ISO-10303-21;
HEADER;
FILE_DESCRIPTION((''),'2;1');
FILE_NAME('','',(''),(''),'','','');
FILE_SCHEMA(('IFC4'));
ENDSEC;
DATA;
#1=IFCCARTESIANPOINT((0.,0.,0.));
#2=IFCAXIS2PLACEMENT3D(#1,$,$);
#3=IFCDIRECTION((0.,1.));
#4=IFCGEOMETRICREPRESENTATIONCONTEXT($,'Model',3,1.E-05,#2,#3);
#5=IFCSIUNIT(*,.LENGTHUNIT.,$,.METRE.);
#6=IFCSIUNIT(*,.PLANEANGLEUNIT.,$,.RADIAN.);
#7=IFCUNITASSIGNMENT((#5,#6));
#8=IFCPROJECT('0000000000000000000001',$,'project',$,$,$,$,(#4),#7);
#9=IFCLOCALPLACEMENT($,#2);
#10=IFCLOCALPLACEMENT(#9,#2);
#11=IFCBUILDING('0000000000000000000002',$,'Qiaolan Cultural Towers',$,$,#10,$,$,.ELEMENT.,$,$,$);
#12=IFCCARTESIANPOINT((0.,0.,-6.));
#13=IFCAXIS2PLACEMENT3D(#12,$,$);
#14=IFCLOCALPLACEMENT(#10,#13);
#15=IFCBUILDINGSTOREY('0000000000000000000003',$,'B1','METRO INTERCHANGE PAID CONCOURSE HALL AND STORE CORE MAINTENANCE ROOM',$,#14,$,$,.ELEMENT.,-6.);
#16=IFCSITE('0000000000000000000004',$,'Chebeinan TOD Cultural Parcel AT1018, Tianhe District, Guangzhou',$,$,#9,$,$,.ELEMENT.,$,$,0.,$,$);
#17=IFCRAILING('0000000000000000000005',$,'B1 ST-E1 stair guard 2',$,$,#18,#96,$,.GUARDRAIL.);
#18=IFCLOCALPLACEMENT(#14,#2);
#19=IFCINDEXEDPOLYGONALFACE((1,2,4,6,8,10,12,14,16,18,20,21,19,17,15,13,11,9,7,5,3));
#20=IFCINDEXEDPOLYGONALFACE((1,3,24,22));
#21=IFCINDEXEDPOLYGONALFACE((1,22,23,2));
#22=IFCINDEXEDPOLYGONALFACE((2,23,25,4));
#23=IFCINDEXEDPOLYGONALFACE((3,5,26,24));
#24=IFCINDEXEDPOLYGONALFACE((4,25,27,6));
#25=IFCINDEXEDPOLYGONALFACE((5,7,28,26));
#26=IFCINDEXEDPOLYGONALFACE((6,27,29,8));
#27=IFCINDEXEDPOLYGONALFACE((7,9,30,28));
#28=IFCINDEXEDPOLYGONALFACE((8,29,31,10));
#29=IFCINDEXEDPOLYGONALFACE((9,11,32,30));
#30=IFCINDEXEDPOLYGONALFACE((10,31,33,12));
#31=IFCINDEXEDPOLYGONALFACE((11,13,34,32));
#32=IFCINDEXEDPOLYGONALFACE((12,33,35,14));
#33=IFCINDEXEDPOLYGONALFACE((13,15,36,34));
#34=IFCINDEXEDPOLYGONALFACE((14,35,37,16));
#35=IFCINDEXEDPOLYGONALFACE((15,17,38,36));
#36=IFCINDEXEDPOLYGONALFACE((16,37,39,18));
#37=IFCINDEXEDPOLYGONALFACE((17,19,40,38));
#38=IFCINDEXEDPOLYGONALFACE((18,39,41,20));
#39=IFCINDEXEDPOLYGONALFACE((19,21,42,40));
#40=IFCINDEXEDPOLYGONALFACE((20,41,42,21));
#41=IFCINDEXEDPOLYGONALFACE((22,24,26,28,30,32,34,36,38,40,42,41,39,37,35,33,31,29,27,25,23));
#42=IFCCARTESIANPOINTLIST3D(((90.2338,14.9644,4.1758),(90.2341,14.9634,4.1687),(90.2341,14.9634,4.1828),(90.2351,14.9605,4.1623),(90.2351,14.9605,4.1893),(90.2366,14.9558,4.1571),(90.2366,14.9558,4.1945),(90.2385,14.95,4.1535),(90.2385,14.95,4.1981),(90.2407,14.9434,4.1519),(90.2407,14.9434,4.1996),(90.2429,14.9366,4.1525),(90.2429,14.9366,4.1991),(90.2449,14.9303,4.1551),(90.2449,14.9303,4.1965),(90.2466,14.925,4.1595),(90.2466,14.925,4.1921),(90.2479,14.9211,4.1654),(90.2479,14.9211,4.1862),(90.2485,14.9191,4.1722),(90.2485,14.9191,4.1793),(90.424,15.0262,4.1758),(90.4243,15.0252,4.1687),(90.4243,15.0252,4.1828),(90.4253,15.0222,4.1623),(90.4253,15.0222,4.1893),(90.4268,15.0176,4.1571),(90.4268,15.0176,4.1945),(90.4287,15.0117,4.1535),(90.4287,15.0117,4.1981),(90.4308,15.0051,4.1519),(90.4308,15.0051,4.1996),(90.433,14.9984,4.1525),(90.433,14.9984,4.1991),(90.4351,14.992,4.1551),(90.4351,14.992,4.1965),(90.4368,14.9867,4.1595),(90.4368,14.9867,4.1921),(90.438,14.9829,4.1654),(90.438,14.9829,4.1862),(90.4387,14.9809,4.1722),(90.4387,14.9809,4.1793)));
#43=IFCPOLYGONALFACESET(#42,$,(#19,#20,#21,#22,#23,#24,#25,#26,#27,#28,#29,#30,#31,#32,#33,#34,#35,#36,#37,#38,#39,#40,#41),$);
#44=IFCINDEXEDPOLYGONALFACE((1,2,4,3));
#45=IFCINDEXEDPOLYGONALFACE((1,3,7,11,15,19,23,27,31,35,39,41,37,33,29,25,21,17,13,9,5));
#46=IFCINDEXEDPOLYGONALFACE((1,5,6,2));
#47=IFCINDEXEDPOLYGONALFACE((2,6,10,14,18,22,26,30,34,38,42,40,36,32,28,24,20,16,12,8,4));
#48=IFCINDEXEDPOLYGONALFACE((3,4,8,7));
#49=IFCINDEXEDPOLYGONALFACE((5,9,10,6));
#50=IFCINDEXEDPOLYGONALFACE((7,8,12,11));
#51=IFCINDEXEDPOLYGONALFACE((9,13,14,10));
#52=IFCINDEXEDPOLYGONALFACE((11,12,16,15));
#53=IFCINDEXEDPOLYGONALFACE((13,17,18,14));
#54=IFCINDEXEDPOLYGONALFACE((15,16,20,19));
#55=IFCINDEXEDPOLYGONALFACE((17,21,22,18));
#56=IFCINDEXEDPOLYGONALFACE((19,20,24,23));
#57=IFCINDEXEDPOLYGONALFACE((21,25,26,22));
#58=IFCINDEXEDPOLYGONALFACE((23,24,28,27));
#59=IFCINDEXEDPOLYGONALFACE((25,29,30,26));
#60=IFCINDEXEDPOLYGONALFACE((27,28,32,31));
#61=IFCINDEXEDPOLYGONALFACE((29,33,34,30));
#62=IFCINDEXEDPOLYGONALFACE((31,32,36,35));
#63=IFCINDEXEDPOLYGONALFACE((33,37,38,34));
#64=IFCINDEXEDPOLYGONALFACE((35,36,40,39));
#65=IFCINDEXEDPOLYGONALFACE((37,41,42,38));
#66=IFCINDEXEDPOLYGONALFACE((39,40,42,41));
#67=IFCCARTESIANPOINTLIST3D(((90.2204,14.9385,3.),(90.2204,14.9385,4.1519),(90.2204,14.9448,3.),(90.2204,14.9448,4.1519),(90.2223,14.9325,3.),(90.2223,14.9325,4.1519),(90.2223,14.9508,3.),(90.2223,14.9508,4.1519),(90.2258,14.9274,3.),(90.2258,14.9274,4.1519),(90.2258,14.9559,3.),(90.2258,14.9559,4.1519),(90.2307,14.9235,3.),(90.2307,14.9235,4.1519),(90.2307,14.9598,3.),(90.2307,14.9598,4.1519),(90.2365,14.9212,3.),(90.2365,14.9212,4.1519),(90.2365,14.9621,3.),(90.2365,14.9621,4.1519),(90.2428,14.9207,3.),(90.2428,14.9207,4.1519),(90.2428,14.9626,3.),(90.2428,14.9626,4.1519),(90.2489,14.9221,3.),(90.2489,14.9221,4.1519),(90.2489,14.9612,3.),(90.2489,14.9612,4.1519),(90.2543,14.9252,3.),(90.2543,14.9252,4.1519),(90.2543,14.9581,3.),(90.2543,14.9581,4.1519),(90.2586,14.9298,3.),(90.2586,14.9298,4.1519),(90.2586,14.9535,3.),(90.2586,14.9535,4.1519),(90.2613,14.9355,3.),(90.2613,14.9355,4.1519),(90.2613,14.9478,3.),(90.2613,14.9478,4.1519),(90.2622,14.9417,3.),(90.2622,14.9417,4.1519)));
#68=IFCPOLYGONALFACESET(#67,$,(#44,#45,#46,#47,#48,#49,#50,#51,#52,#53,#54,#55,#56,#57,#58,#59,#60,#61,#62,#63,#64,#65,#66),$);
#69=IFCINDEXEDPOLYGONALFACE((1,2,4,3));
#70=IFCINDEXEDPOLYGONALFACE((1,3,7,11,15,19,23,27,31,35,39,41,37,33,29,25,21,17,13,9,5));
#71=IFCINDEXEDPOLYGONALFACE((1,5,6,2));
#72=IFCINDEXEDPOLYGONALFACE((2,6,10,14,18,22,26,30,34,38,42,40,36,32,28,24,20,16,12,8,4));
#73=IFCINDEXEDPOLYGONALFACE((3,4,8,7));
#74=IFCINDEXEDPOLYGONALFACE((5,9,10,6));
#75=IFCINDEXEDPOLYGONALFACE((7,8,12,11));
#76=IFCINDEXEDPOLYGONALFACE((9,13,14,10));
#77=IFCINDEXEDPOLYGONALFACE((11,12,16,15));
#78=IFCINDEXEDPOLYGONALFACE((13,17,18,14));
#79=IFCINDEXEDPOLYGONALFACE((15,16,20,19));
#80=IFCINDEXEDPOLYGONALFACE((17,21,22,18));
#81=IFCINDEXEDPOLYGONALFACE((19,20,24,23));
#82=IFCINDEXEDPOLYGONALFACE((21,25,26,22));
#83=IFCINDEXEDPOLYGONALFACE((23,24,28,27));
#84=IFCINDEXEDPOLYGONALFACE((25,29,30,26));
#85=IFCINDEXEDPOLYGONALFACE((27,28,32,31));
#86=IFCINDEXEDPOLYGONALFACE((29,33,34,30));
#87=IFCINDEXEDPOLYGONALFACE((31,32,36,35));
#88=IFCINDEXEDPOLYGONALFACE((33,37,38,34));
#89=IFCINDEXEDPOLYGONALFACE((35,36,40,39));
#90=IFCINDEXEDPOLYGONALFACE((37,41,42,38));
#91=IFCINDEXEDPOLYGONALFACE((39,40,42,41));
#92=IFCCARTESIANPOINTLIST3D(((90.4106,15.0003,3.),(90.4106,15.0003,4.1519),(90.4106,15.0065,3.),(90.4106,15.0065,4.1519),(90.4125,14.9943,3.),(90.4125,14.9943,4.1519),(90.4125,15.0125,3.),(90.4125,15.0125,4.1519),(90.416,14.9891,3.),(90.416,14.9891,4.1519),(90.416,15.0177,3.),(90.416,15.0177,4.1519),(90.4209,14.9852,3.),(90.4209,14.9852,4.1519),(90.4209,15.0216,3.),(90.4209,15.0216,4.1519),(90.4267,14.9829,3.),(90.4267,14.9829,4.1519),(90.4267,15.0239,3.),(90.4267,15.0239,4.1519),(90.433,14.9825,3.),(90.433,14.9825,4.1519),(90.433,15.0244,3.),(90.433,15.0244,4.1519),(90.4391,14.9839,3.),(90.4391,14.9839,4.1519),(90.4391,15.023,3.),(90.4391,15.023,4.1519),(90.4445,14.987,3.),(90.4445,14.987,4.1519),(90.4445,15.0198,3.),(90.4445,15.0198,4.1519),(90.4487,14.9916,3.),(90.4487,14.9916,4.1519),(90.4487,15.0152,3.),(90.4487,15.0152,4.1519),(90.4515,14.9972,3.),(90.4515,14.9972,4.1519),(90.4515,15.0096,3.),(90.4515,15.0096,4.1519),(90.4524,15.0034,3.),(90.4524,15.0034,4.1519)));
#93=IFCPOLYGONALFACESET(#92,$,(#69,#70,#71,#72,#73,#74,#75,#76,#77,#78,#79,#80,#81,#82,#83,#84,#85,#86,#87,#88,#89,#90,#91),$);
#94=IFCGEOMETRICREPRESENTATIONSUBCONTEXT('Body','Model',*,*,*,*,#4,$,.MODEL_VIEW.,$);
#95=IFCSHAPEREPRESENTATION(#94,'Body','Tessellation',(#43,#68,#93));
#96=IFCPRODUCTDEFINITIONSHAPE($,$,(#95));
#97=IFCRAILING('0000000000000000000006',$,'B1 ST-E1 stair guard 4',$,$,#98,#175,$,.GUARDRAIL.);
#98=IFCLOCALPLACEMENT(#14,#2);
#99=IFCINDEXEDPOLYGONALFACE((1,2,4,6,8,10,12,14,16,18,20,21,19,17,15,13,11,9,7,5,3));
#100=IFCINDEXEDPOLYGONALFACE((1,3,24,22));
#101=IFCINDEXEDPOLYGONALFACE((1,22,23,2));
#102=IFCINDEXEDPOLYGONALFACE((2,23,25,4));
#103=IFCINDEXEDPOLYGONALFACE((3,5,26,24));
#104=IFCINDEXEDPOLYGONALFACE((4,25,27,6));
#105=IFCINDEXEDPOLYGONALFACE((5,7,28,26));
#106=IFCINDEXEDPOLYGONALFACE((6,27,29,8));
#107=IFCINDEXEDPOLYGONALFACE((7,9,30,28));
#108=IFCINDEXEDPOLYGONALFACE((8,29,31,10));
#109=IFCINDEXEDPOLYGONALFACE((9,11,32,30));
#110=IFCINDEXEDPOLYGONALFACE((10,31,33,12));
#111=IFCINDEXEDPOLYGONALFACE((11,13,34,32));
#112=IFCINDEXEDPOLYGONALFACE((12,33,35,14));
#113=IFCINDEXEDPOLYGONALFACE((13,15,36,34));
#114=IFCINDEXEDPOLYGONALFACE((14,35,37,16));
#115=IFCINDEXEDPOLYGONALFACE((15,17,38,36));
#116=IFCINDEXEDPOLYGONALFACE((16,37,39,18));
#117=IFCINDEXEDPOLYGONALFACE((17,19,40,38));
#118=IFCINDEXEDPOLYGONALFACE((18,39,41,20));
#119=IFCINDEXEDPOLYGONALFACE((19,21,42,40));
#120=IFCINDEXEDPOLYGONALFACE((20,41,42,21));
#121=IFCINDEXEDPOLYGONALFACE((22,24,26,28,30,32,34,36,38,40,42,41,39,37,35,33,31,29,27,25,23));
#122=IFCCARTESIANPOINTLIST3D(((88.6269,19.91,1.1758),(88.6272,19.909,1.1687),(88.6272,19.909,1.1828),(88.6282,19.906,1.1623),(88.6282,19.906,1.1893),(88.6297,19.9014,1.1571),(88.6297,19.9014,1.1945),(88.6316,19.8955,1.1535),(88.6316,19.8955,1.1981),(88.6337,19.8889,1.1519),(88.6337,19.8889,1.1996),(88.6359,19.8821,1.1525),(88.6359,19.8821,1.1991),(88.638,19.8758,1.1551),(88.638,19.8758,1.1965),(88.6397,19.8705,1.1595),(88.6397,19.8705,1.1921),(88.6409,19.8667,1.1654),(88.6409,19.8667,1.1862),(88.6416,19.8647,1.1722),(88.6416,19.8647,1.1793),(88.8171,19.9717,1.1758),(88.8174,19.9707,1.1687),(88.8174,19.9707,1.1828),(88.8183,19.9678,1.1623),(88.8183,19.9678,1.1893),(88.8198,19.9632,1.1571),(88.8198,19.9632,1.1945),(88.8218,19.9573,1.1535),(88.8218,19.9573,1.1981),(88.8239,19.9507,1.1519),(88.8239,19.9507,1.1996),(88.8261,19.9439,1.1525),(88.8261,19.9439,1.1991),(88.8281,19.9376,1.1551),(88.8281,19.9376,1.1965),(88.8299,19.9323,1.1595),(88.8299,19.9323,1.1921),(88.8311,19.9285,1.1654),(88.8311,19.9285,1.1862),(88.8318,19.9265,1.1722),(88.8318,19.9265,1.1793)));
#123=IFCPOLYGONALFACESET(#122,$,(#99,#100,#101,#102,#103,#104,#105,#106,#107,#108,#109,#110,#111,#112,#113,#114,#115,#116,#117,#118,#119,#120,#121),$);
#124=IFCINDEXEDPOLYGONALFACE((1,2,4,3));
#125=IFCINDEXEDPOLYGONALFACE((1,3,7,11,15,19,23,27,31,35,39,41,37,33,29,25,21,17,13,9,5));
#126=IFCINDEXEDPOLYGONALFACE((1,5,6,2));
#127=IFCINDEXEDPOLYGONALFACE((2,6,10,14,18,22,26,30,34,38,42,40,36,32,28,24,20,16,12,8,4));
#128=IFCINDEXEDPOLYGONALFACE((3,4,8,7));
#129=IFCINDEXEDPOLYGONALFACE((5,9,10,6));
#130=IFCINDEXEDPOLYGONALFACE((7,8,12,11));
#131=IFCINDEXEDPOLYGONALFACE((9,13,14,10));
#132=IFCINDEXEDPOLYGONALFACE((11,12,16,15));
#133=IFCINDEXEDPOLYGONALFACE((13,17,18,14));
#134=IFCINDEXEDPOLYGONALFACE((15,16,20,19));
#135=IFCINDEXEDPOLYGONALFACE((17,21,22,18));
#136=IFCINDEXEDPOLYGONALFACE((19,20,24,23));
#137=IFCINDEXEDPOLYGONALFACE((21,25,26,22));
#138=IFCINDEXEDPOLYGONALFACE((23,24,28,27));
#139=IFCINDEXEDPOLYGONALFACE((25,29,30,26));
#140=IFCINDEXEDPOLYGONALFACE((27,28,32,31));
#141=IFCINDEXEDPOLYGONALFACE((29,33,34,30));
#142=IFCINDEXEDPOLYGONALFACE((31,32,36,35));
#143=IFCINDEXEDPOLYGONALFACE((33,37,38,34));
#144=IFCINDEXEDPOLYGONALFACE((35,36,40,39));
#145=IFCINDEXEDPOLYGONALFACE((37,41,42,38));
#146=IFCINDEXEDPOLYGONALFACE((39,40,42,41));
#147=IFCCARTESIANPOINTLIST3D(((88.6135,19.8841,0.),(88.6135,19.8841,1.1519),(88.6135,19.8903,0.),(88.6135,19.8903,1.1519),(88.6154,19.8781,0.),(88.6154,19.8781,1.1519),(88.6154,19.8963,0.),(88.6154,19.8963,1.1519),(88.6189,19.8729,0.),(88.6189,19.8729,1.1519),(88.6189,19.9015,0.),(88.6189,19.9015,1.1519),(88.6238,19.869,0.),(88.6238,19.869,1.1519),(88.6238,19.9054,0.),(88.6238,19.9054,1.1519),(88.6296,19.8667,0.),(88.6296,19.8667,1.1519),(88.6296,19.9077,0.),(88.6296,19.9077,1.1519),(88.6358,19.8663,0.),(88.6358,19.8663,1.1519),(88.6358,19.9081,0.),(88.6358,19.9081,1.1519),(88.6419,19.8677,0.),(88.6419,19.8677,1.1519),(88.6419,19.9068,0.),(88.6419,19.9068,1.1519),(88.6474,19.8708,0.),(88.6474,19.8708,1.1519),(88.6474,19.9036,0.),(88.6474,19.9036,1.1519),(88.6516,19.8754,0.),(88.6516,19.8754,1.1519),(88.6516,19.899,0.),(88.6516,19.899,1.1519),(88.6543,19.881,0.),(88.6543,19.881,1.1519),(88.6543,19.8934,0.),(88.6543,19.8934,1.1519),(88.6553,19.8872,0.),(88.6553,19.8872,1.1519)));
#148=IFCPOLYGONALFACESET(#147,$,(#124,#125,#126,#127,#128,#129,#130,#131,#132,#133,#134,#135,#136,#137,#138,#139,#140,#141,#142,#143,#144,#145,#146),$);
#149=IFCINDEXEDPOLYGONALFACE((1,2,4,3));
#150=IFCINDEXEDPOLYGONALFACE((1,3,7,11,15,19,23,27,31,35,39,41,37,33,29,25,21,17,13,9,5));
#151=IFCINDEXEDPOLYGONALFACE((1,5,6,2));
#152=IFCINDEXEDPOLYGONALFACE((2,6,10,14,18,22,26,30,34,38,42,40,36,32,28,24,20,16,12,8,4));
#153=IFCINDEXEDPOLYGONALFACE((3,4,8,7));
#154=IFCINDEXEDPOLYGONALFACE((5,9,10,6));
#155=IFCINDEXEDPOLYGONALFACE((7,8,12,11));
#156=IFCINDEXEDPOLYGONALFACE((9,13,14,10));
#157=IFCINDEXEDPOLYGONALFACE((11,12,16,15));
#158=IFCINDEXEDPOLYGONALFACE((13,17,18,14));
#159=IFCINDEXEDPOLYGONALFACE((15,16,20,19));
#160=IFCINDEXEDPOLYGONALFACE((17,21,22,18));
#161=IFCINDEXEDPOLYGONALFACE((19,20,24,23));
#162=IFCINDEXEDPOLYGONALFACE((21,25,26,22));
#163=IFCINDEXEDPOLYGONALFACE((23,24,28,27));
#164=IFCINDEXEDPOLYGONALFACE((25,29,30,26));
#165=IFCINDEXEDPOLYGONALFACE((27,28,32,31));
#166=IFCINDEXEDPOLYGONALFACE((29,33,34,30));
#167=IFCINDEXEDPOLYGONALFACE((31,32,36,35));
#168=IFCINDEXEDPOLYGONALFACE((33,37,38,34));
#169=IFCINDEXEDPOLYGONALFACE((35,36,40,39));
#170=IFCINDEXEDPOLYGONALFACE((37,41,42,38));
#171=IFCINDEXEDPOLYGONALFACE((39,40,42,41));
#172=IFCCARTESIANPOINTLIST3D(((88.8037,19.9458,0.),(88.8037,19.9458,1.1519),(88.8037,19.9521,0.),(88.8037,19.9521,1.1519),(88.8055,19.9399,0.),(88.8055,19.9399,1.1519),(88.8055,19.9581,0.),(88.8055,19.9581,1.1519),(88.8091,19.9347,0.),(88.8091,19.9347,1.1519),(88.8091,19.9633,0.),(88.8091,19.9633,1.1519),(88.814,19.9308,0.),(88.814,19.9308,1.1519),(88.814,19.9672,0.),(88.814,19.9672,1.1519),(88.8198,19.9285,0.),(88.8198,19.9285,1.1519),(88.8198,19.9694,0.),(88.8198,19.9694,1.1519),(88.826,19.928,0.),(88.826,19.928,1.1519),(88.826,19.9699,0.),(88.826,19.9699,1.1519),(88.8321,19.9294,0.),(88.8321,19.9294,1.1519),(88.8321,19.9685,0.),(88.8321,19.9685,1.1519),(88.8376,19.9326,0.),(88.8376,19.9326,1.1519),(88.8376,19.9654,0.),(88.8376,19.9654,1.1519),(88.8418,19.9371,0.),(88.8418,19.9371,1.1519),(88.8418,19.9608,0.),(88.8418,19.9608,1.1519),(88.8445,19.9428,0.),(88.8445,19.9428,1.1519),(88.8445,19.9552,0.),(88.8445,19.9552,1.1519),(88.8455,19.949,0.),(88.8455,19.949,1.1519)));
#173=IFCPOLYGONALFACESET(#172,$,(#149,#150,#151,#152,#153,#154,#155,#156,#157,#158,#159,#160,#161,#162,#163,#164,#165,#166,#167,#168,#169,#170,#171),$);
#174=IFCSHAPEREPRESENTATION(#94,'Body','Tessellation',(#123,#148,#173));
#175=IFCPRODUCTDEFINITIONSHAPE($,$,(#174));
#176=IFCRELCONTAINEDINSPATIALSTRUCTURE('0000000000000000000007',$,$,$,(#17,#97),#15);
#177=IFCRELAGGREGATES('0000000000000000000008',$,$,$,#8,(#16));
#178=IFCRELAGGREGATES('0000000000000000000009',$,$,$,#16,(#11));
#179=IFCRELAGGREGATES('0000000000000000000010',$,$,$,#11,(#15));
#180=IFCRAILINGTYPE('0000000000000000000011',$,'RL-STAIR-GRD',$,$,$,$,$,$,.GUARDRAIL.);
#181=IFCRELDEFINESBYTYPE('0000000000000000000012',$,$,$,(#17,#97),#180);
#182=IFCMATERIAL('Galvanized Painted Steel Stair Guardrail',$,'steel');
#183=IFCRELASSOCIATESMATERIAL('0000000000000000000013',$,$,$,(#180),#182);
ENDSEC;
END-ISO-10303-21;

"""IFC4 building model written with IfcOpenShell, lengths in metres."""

from ifc_helpers import new_model, si_unit, direction, frame, origin, origin_2d, place, context, subcontext, project, spatial, circle, extrude, material, type_object, element, save


model = new_model("IFC4")

# Units and contexts
model_context = context("Model", 3, precision=1e-05, world=origin(), true_north=direction((0.0, 1.0)))
body_context = subcontext(model_context, "Body", "Model", "MODEL_VIEW")
ifc_project = project(units=[si_unit("LENGTHUNIT", "METRE"), si_unit("PLANEANGLEUNIT", "RADIAN")], contexts=[model_context])

# Site, building, storey
site_placement = place(None, origin())
site = spatial("IfcSite", under=ifc_project, at=site_placement, Name="Chebeinan TOD Cultural Parcel AT1018, Tianhe District, Guangzhou", CompositionType="ELEMENT", RefElevation=0.0)
building_placement = place(site_placement, origin())
building = spatial("IfcBuilding", under=site, at=building_placement, Name="Qiaolan Cultural Towers", CompositionType="ELEMENT")
storey_placement = place(building_placement, frame((0.0, 0.0, -6.0)))
storey = spatial("IfcBuildingStorey", under=building, at=storey_placement, Name="B1", Description="METRO INTERCHANGE PAID CONCOURSE HALL AND STORE CORE MAINTENANCE ROOM", CompositionType="ELEMENT", Elevation=-6.0)

# Railings
ifc_material_1 = material(Name="Galvanized Painted Steel Stair Guardrail", Category="steel")
railing_type_1 = type_object("IfcRailingType", Name="RL-STAIR-GRD", PredefinedType="GUARDRAIL", material=ifc_material_1)
railing_1_placement = place(storey_placement, frame((90.2412, 14.9417, 3.0)))
element("IfcRailing", 1, at=railing_1_placement, inside=storey, type_object=railing_type_1, Name="B1 ST-E1 stair guard 2", PredefinedType="GUARDRAIL", context=body_context, shape_type="SweptSolid", body=[
    extrude(circle(Radius=0.0239, at=origin_2d()), frame((0.0, 0.0, 1.1758), z_axis=(0.951097, 0.308893, 0.0), x_axis=(-0.308893, 0.951097, 0.0)), (0.0, 0.0, 1.0), 0.2),
    extrude(circle(Radius=0.021, at=origin_2d()), origin(), (0.0, 0.0, 1.0), 1.1519),
    extrude(circle(Radius=0.021, at=origin_2d()), frame((0.1902, 0.0618, 0.0)), (0.0, 0.0, 1.0), 1.1519),
])
railing_2_placement = place(storey_placement, frame((88.6343, 19.8872, 0.0)))
element("IfcRailing", 2, at=railing_2_placement, inside=storey, type_object=railing_type_1, Name="B1 ST-E1 stair guard 4", PredefinedType="GUARDRAIL", context=body_context, shape_type="SweptSolid", body=[
    extrude(circle(Radius=0.0239, at=origin_2d()), frame((0.0, 0.0, 1.1758), z_axis=(0.951097, 0.308893, 0.0), x_axis=(-0.308893, 0.951097, 0.0)), (0.0, 0.0, 1.0), 0.2),
    extrude(circle(Radius=0.021, at=origin_2d()), origin(), (0.0, 0.0, 1.0), 1.1519),
    extrude(circle(Radius=0.021, at=origin_2d()), frame((0.1902, 0.0618, 0.0)), (0.0, 0.0, 1.0), 1.1519),
])

save(model, "model.ifc")
